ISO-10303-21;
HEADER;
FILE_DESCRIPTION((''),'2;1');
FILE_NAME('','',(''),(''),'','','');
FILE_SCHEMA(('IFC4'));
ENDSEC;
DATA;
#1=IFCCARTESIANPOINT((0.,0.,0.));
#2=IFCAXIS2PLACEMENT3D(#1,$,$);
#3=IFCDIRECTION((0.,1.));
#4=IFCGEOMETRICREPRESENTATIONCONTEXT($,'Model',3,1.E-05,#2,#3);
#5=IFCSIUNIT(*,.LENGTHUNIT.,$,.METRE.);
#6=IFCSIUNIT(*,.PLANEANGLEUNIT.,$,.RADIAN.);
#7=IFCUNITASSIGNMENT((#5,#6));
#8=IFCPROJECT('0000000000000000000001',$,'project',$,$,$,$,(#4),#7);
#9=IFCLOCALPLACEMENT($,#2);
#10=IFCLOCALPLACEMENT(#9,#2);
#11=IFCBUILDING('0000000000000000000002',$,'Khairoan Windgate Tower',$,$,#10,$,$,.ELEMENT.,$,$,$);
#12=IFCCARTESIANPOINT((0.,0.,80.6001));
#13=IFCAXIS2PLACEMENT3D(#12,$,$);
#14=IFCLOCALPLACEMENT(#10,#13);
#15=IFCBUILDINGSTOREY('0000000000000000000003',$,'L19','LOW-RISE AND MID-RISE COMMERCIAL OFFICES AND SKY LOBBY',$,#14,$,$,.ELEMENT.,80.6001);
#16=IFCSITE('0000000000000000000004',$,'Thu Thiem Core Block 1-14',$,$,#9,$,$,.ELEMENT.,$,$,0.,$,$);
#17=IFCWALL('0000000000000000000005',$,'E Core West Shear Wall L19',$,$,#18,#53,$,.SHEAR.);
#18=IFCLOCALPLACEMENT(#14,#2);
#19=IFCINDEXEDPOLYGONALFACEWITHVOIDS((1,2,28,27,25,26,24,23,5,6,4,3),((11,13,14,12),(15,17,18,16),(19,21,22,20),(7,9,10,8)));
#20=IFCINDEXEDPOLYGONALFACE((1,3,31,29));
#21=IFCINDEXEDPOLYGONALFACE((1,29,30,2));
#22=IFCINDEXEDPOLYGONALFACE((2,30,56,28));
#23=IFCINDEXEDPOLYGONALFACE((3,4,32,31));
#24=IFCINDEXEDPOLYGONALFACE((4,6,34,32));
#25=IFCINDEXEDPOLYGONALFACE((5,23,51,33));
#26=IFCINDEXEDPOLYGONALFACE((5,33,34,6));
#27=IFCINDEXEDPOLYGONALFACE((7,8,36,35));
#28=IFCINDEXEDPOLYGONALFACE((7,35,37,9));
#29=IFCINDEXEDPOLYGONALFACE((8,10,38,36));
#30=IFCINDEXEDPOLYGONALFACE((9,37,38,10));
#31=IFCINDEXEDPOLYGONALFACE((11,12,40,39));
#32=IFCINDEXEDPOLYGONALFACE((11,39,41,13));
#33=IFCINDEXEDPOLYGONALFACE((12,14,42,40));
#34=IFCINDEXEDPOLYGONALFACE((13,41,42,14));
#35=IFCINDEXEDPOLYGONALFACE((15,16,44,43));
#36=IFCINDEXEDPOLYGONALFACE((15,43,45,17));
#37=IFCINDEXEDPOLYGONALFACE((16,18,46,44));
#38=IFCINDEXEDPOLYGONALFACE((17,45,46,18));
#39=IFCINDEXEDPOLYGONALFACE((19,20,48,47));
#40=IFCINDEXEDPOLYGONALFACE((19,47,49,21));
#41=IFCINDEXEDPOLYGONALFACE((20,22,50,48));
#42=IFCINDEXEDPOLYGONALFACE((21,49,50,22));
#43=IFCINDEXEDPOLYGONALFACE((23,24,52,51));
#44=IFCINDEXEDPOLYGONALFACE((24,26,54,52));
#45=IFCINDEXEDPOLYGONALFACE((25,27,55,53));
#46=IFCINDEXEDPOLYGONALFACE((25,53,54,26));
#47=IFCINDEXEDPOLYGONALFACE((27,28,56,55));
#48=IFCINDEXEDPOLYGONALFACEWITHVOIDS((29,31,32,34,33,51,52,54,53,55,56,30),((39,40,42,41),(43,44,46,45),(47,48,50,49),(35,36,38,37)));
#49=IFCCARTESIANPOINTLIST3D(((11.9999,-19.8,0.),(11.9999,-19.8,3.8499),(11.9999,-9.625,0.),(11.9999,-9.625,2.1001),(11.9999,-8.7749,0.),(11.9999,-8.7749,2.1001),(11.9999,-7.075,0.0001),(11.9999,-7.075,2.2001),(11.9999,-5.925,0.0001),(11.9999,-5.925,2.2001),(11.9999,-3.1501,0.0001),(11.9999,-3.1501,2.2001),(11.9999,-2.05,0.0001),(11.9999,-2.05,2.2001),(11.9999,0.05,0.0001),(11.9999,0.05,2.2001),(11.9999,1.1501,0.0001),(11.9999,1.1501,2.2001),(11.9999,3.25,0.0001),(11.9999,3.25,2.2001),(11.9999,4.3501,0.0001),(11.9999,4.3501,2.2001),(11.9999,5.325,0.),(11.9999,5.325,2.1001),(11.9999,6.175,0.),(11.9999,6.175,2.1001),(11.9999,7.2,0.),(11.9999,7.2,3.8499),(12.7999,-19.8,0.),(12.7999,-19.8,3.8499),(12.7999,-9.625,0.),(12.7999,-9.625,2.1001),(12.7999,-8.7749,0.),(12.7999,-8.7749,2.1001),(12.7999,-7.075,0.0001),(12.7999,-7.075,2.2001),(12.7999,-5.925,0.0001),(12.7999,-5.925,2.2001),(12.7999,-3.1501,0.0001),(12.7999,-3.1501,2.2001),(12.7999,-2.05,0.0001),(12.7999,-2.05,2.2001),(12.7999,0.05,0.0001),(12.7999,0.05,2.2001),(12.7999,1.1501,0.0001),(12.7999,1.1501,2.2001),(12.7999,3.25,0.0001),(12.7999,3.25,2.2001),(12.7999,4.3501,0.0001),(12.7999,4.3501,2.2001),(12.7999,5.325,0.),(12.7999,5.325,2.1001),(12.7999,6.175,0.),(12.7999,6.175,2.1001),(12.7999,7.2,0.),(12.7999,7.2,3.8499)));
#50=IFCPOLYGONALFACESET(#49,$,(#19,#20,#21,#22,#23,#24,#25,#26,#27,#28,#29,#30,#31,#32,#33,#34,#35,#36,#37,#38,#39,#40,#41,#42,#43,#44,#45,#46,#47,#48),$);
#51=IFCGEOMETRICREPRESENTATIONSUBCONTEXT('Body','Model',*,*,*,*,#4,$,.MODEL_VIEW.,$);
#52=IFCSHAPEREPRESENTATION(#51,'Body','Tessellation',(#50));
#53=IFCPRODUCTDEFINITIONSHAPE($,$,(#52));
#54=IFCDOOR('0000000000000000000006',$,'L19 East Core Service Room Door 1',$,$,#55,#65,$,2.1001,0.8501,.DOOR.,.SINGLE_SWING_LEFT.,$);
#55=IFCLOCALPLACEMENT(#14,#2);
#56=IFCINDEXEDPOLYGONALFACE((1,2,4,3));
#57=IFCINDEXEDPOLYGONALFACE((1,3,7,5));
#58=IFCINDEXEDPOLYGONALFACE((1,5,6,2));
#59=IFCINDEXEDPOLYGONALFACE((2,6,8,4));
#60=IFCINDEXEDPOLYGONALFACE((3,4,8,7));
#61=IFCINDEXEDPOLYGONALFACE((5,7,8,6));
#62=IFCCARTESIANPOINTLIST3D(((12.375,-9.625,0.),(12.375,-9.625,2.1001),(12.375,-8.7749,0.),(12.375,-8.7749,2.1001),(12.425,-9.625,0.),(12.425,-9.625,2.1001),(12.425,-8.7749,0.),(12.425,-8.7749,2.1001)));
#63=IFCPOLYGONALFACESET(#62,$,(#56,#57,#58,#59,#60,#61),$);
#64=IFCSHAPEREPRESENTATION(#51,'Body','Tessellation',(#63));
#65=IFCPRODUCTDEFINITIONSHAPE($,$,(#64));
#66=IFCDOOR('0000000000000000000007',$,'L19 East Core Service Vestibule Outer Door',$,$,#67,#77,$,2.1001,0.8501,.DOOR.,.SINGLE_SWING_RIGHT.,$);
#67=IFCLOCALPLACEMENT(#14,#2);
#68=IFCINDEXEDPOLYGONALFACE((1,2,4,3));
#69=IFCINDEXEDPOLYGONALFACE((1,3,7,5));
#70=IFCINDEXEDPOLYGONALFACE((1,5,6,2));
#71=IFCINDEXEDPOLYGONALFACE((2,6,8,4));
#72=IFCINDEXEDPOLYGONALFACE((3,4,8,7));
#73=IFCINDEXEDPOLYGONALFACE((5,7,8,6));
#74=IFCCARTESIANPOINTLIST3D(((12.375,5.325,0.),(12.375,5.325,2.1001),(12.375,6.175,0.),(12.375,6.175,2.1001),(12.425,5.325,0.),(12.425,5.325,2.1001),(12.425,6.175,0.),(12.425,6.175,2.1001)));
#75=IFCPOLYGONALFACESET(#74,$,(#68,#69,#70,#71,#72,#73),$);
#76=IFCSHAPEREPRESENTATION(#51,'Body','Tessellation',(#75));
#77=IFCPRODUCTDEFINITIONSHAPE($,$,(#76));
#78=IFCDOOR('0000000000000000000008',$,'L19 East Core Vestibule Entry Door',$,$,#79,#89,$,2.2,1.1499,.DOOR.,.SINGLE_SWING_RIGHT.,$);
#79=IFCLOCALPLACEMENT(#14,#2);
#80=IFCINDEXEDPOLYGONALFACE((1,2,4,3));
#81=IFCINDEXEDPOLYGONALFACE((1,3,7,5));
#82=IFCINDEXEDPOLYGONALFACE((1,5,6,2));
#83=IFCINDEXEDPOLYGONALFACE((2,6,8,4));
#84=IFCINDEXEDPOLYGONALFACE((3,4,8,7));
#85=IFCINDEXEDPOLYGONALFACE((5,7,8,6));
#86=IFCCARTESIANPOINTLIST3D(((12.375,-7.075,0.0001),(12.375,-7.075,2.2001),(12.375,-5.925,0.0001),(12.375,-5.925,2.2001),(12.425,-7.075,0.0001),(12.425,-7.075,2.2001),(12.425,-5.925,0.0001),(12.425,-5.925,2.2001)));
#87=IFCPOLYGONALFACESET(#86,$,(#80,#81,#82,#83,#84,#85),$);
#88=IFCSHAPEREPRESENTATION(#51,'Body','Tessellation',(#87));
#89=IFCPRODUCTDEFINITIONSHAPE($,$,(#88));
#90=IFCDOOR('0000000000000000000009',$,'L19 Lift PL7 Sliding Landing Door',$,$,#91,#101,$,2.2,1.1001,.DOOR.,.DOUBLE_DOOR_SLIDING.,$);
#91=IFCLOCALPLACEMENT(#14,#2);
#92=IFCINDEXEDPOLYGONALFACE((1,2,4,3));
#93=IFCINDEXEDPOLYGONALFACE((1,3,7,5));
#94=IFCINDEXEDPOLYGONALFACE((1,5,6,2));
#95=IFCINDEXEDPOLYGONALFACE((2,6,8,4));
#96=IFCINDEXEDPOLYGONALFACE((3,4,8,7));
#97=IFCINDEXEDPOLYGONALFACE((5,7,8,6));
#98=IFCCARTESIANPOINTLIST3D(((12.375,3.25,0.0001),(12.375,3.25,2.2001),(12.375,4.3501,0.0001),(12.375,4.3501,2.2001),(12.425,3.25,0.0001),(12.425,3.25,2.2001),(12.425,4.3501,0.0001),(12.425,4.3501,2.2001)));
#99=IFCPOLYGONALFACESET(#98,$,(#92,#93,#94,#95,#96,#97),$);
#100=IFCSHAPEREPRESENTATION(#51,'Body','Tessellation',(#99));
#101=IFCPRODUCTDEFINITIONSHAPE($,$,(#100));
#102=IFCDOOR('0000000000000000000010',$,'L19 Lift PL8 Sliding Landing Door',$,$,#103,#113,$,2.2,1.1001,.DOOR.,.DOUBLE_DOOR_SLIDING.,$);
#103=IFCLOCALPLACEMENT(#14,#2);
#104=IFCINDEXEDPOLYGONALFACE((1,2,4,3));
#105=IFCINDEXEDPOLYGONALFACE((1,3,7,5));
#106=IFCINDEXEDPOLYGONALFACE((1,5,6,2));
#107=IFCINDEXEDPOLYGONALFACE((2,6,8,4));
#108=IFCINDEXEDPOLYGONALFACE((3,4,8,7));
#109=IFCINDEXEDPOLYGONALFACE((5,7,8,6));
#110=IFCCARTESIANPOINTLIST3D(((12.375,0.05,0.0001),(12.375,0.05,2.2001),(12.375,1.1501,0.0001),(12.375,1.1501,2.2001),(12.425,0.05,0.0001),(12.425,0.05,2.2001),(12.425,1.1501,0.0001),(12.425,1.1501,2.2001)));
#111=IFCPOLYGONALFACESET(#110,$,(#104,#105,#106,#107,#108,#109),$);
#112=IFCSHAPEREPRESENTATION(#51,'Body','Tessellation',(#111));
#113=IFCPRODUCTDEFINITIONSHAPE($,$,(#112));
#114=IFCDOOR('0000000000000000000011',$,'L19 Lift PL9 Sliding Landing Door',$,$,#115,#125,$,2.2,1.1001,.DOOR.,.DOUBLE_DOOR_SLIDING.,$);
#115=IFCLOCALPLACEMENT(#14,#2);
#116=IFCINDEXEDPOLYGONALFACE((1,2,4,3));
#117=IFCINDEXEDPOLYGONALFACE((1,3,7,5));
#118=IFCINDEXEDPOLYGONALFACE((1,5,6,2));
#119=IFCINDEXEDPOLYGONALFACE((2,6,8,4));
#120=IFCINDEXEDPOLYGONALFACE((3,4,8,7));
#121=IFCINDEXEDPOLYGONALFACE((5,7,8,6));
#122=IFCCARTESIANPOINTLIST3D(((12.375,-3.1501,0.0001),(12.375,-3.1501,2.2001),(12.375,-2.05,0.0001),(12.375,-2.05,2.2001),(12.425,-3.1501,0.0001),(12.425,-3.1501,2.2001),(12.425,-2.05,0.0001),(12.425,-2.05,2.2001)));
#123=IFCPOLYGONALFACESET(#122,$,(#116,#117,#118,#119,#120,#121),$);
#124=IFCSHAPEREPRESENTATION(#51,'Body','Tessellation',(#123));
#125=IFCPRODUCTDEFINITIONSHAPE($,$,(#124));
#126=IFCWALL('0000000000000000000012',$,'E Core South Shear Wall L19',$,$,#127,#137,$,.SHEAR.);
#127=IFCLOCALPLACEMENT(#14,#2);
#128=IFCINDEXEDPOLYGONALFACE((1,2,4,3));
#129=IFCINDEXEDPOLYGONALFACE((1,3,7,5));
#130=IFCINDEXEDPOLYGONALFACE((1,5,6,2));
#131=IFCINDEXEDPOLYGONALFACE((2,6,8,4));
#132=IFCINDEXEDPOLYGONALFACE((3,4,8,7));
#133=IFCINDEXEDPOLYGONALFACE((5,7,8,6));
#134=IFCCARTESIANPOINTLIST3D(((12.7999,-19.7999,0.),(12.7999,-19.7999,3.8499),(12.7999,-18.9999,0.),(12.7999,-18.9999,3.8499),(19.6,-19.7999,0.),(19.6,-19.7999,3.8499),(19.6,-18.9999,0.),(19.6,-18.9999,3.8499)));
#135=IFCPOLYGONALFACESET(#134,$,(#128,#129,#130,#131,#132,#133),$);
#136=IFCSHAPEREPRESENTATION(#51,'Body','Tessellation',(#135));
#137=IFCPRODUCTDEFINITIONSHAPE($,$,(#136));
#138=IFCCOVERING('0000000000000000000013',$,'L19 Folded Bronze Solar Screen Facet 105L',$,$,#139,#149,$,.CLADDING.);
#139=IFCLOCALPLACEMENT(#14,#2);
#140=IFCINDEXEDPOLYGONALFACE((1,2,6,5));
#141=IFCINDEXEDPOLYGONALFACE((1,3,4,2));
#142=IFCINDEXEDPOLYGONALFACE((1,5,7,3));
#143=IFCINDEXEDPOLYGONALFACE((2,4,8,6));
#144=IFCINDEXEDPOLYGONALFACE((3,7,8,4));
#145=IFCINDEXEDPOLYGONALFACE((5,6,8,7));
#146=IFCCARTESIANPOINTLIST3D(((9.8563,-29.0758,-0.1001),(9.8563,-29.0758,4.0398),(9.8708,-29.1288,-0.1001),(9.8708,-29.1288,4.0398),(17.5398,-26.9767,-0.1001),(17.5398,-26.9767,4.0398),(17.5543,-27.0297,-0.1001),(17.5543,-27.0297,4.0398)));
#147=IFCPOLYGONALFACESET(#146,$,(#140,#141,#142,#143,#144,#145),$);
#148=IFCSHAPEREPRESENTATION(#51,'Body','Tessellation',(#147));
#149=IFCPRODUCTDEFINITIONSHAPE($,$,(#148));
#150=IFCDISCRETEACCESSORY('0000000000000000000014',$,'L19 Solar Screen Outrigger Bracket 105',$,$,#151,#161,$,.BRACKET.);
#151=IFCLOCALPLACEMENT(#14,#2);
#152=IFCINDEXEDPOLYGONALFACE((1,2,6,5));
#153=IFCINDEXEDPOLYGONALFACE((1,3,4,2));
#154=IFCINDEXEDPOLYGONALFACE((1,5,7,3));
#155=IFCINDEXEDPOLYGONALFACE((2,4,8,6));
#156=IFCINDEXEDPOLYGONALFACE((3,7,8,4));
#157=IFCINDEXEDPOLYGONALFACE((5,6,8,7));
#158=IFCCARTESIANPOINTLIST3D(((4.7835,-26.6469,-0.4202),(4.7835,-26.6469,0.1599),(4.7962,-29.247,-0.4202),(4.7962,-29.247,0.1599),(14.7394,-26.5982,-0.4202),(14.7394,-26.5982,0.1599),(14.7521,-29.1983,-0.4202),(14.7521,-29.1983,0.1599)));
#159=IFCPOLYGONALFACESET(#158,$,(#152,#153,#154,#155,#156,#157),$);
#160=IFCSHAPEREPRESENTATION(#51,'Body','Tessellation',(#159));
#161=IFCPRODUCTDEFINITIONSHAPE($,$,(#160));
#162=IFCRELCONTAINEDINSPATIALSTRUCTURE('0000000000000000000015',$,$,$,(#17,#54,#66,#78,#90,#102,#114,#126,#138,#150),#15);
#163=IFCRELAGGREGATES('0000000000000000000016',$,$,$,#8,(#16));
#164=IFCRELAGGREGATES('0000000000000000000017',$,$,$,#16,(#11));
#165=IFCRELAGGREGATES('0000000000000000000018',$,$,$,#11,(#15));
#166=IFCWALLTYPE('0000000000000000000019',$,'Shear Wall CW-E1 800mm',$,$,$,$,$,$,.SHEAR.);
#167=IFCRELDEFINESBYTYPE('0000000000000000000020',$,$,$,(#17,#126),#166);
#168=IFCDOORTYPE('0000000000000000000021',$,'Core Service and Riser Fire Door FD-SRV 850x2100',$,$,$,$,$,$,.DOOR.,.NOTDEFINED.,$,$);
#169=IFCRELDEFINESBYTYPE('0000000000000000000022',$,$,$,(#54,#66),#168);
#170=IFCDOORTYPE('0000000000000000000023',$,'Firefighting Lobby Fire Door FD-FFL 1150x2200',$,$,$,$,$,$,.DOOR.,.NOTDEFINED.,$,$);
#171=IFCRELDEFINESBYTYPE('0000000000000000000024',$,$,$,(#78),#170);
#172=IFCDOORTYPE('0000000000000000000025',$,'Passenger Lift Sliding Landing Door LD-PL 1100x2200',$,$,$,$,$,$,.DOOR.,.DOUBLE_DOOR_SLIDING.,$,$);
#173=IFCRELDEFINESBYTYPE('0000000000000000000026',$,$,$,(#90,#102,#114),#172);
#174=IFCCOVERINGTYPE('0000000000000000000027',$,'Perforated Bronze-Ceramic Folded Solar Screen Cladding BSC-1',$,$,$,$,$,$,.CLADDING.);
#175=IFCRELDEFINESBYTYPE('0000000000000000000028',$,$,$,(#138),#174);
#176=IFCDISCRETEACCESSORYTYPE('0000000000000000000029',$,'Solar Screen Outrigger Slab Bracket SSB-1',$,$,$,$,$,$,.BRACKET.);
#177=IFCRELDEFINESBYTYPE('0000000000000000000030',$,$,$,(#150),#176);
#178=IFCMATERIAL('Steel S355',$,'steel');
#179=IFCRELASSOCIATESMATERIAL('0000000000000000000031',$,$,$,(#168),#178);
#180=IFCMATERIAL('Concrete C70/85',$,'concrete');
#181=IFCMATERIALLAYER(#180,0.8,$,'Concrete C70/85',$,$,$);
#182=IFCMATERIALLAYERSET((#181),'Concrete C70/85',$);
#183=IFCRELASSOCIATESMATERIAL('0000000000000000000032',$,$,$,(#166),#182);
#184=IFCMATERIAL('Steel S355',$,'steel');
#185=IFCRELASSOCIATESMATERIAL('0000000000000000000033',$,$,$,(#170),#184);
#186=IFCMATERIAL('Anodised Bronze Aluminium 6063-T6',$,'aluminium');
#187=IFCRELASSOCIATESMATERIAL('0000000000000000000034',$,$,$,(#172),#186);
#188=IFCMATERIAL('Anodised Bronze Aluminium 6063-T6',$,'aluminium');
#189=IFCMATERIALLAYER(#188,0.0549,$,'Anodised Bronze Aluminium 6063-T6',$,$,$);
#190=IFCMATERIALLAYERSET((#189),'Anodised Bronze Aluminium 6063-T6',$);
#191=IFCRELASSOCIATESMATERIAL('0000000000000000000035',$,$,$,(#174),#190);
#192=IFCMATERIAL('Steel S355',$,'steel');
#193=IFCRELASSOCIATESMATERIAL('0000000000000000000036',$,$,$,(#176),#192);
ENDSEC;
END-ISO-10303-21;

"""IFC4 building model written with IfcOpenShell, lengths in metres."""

from ifc_helpers import new_model, si_unit, direction, frame, frame_2d, origin, origin_2d, place, context, subcontext, project, spatial, rectangle, extrude, material, layer, layer_set, type_object, element, fill, save


model = new_model("IFC4")

# Units and contexts
model_context = context("Model", 3, precision=1e-05, world=origin(), true_north=direction((0.0, 1.0)))
body_context = subcontext(model_context, "Body", "Model", "MODEL_VIEW")
ifc_project = project(units=[si_unit("LENGTHUNIT", "METRE"), si_unit("PLANEANGLEUNIT", "RADIAN")], contexts=[model_context])

# Site, building, storey
site_placement = place(None, origin())
site = spatial("IfcSite", under=ifc_project, at=site_placement, Name="Thu Thiem Core Block 1-14", CompositionType="ELEMENT", RefElevation=0.0)
building_placement = place(site_placement, origin())
building = spatial("IfcBuilding", under=site, at=building_placement, Name="Khairoan Windgate Tower", CompositionType="ELEMENT")
storey_placement = place(building_placement, frame((0.0, 0.0, 80.6001)))
storey = spatial("IfcBuildingStorey", under=building, at=storey_placement, Name="L19", Description="LOW-RISE AND MID-RISE COMMERCIAL OFFICES AND SKY LOBBY", CompositionType="ELEMENT", Elevation=80.6001)

# Shared definitions
ifc_material_1 = material(Name="Steel S355", Category="steel")
door_type_1 = type_object("IfcDoorType", Name="Core Service and Riser Fire Door FD-SRV 850x2100", OperationType="NOTDEFINED", PredefinedType="DOOR", material=ifc_material_1)

# Wall, openings, doors
ifc_material_2 = material(Name="Concrete C70/85", Category="concrete")
ifc_layer_1 = layer(ifc_material_2, 0.8, Name="Concrete C70/85")
ifc_layer_set_1 = layer_set([ifc_layer_1], Name="Concrete C70/85")
wall_type_1 = type_object("IfcWallType", Name="Shear Wall CW-E1 800mm", PredefinedType="SHEAR", material=ifc_layer_set_1)
wall_1_placement = place(storey_placement, frame((12.3999, -19.8, 0.0), z_axis=(0.0, 0.0, 1.0), x_axis=(0.0, 1.0, 0.0)))
wall_1 = element("IfcWall", 1, at=wall_1_placement, inside=storey, type_object=wall_type_1, Name="E Core West Shear Wall L19", PredefinedType="SHEAR", context=body_context, shape_type="SweptSolid", body=[
    extrude(rectangle(XDim=27.0, YDim=0.8, at=frame_2d((13.5, 0.0))), origin(), (0.0, 0.0, 1.0), 3.8499),
])
opening_1_placement = place(wall_1_placement, frame((23.05, 0.0, 0.0)))
opening_1 = element("IfcOpeningElement", 2, at=opening_1_placement, cuts=wall_1, PredefinedType="OPENING", context=body_context, shape_type="SweptSolid", body=[
    extrude(rectangle(XDim=1.1001, YDim=2.2, at=frame_2d((0.55, 1.1001))), frame((0.0, 0.4099, 0.0), z_axis=(0.0, -1.0, 0.0), x_axis=(1.0, 0.0, 0.0)), (0.0, 0.0, 1.0), 0.8201),
])
opening_2_placement = place(wall_1_placement, frame((19.8501, 0.0, 0.0)))
opening_2 = element("IfcOpeningElement", 3, at=opening_2_placement, cuts=wall_1, PredefinedType="OPENING", context=body_context, shape_type="SweptSolid", body=[
    extrude(rectangle(XDim=1.1001, YDim=2.2, at=frame_2d((0.55, 1.1001))), frame((0.0, 0.4099, 0.0), z_axis=(0.0, -1.0, 0.0), x_axis=(1.0, 0.0, 0.0)), (0.0, 0.0, 1.0), 0.8201),
])
opening_3_placement = place(wall_1_placement, frame((16.6499, 0.0, 0.0)))
opening_3 = element("IfcOpeningElement", 4, at=opening_3_placement, cuts=wall_1, PredefinedType="OPENING", context=body_context, shape_type="SweptSolid", body=[
    extrude(rectangle(XDim=1.1001, YDim=2.2, at=frame_2d((0.55, 1.1001))), frame((0.0, 0.4099, 0.0), z_axis=(0.0, -1.0, 0.0), x_axis=(1.0, 0.0, 0.0)), (0.0, 0.0, 1.0), 0.8201),
])
opening_4_placement = place(wall_1_placement, frame((10.175, 0.0, 0.0)))
opening_4 = element("IfcOpeningElement", 5, at=opening_4_placement, cuts=wall_1, PredefinedType="OPENING", context=body_context, shape_type="SweptSolid", body=[
    extrude(rectangle(XDim=0.8501, YDim=2.1001, at=frame_2d((0.425, 1.05))), frame((0.0, 0.4099, 0.0), z_axis=(0.0, -1.0, 0.0), x_axis=(1.0, 0.0, 0.0)), (0.0, 0.0, 1.0), 0.8201),
])
opening_5_placement = place(wall_1_placement, frame((12.7251, 0.0, 0.0)))
opening_5 = element("IfcOpeningElement", 6, at=opening_5_placement, cuts=wall_1, PredefinedType="OPENING", context=body_context, shape_type="SweptSolid", body=[
    extrude(rectangle(XDim=1.1499, YDim=2.2, at=frame_2d((0.575, 1.1001))), frame((0.0, 0.4099, 0.0), z_axis=(0.0, -1.0, 0.0), x_axis=(1.0, 0.0, 0.0)), (0.0, 0.0, 1.0), 0.8201),
])
opening_6_placement = place(wall_1_placement, frame((25.125, 0.0, 0.0)))
opening_6 = element("IfcOpeningElement", 7, at=opening_6_placement, cuts=wall_1, PredefinedType="OPENING", context=body_context, shape_type="SweptSolid", body=[
    extrude(rectangle(XDim=0.8501, YDim=2.1001, at=frame_2d((0.425, 1.05))), frame((0.0, 0.4099, 0.0), z_axis=(0.0, -1.0, 0.0), x_axis=(1.0, 0.0, 0.0)), (0.0, 0.0, 1.0), 0.8201),
])
door_1_placement = place(opening_4_placement, origin())
door_1 = element("IfcDoor", 8, at=door_1_placement, inside=storey, type_object=door_type_1, Name="L19 East Core Service Room Door 1", OperationType="SINGLE_SWING_LEFT", OverallHeight=2.1001, OverallWidth=0.8501, PredefinedType="DOOR", context=body_context, shape_type="SweptSolid", body=[
    extrude(rectangle(XDim=0.8501, YDim=2.1001, at=frame_2d((0.425, 1.05))), frame((0.0, 0.0249, 0.0), z_axis=(0.0, -1.0, 0.0), x_axis=(1.0, 0.0, 0.0)), (0.0, 0.0, 1.0), 0.05),
])
fill(opening_4, door_1)
door_2_placement = place(opening_6_placement, origin())
door_2 = element("IfcDoor", 9, at=door_2_placement, inside=storey, type_object=door_type_1, Name="L19 East Core Service Vestibule Outer Door", OperationType="SINGLE_SWING_RIGHT", OverallHeight=2.1001, OverallWidth=0.8501, PredefinedType="DOOR", context=body_context, shape_type="SweptSolid", body=[
    extrude(rectangle(XDim=0.8501, YDim=2.1001, at=frame_2d((0.425, 1.05))), frame((0.0, 0.0249, 0.0), z_axis=(0.0, -1.0, 0.0), x_axis=(1.0, 0.0, 0.0)), (0.0, 0.0, 1.0), 0.05),
])
fill(opening_6, door_2)
ifc_material_3 = material(Name="Steel S355", Category="steel")
door_type_2 = type_object("IfcDoorType", Name="Firefighting Lobby Fire Door FD-FFL 1150x2200", OperationType="NOTDEFINED", PredefinedType="DOOR", material=ifc_material_3)
door_3_placement = place(opening_5_placement, origin())
door_3 = element("IfcDoor", 10, at=door_3_placement, inside=storey, type_object=door_type_2, Name="L19 East Core Vestibule Entry Door", OperationType="SINGLE_SWING_RIGHT", OverallHeight=2.2, OverallWidth=1.1499, PredefinedType="DOOR", context=body_context, shape_type="SweptSolid", body=[
    extrude(rectangle(XDim=1.1499, YDim=2.2, at=frame_2d((0.575, 1.1001))), frame((0.0, 0.0249, 0.0), z_axis=(0.0, -1.0, 0.0), x_axis=(1.0, 0.0, 0.0)), (0.0, 0.0, 1.0), 0.05),
])
fill(opening_5, door_3)
ifc_material_4 = material(Name="Anodised Bronze Aluminium 6063-T6", Category="aluminium")
door_type_3 = type_object("IfcDoorType", Name="Passenger Lift Sliding Landing Door LD-PL 1100x2200", OperationType="DOUBLE_DOOR_SLIDING", PredefinedType="DOOR", material=ifc_material_4)
door_4_placement = place(opening_1_placement, origin())
door_4 = element("IfcDoor", 11, at=door_4_placement, inside=storey, type_object=door_type_3, Name="L19 Lift PL7 Sliding Landing Door", OperationType="DOUBLE_DOOR_SLIDING", OverallHeight=2.2, OverallWidth=1.1001, PredefinedType="DOOR", context=body_context, shape_type="SweptSolid", body=[
    extrude(rectangle(XDim=1.1001, YDim=2.2, at=frame_2d((0.55, 1.1001))), frame((0.0, 0.0249, 0.0), z_axis=(0.0, -1.0, 0.0), x_axis=(1.0, 0.0, 0.0)), (0.0, 0.0, 1.0), 0.05),
])
fill(opening_1, door_4)
door_5_placement = place(opening_2_placement, origin())
door_5 = element("IfcDoor", 12, at=door_5_placement, inside=storey, type_object=door_type_3, Name="L19 Lift PL8 Sliding Landing Door", OperationType="DOUBLE_DOOR_SLIDING", OverallHeight=2.2, OverallWidth=1.1001, PredefinedType="DOOR", context=body_context, shape_type="SweptSolid", body=[
    extrude(rectangle(XDim=1.1001, YDim=2.2, at=frame_2d((0.55, 1.1001))), frame((0.0, 0.0249, 0.0), z_axis=(0.0, -1.0, 0.0), x_axis=(1.0, 0.0, 0.0)), (0.0, 0.0, 1.0), 0.05),
])
fill(opening_2, door_5)
door_6_placement = place(opening_3_placement, origin())
door_6 = element("IfcDoor", 13, at=door_6_placement, inside=storey, type_object=door_type_3, Name="L19 Lift PL9 Sliding Landing Door", OperationType="DOUBLE_DOOR_SLIDING", OverallHeight=2.2, OverallWidth=1.1001, PredefinedType="DOOR", context=body_context, shape_type="SweptSolid", body=[
    extrude(rectangle(XDim=1.1001, YDim=2.2, at=frame_2d((0.55, 1.1001))), frame((0.0, 0.0249, 0.0), z_axis=(0.0, -1.0, 0.0), x_axis=(1.0, 0.0, 0.0)), (0.0, 0.0, 1.0), 0.05),
])
fill(opening_3, door_6)

# Wall
wall_2_placement = place(storey_placement, frame((12.8, -19.3999, 0.0), z_axis=(0.0, 0.0, 1.0), x_axis=(1.0, 0.0, 0.0)))
element("IfcWall", 14, at=wall_2_placement, inside=storey, type_object=wall_type_1, Name="E Core South Shear Wall L19", PredefinedType="SHEAR", context=body_context, shape_type="SweptSolid", body=[
    extrude(rectangle(XDim=6.8, YDim=0.8, at=frame_2d((3.3999, 0.0))), origin(), (0.0, 0.0, 1.0), 3.8499),
])

# Covering
ifc_material_5 = material(Name="Anodised Bronze Aluminium 6063-T6", Category="aluminium")
ifc_layer_2 = layer(ifc_material_5, 0.0549, Name="Anodised Bronze Aluminium 6063-T6")
ifc_layer_set_2 = layer_set([ifc_layer_2], Name="Anodised Bronze Aluminium 6063-T6")
covering_type = type_object("IfcCoveringType", Name="Perforated Bronze-Ceramic Folded Solar Screen Cladding BSC-1", PredefinedType="CLADDING", material=ifc_layer_set_2)
covering_placement = place(storey_placement, frame((13.7053, -28.0527, -0.1001), z_axis=(0.0, 0.0, 1.0), x_axis=(-0.964649, -0.263536, 0.0)))
element("IfcCovering", 15, at=covering_placement, inside=storey, type_object=covering_type, Name="L19 Folded Bronze Solar Screen Facet 105L", PredefinedType="CLADDING", context=body_context, shape_type="SweptSolid", body=[
    extrude(rectangle(XDim=7.9651, YDim=0.0549, at=origin_2d()), origin(), (0.0, 0.0, 1.0), 4.1399),
])

# Discrete accessory
ifc_material_6 = material(Name="Steel S355", Category="steel")
discrete_accessory_type = type_object("IfcDiscreteAccessoryType", Name="Solar Screen Outrigger Slab Bracket SSB-1", PredefinedType="BRACKET", material=ifc_material_6)
discrete_accessory_placement = place(storey_placement, frame((9.7678, -27.9226, -0.4202), z_axis=(0.0, 0.0, 1.0), x_axis=(-0.999988, -0.004887, 0.0)))
element("IfcDiscreteAccessory", 16, at=discrete_accessory_placement, inside=storey, type_object=discrete_accessory_type, Name="L19 Solar Screen Outrigger Bracket 105", PredefinedType="BRACKET", context=body_context, shape_type="SweptSolid", body=[
    extrude(rectangle(XDim=9.9561, YDim=2.6001, at=origin_2d()), origin(), (0.0, 0.0, 1.0), 0.5801),
])

save(model, "model.ifc")
